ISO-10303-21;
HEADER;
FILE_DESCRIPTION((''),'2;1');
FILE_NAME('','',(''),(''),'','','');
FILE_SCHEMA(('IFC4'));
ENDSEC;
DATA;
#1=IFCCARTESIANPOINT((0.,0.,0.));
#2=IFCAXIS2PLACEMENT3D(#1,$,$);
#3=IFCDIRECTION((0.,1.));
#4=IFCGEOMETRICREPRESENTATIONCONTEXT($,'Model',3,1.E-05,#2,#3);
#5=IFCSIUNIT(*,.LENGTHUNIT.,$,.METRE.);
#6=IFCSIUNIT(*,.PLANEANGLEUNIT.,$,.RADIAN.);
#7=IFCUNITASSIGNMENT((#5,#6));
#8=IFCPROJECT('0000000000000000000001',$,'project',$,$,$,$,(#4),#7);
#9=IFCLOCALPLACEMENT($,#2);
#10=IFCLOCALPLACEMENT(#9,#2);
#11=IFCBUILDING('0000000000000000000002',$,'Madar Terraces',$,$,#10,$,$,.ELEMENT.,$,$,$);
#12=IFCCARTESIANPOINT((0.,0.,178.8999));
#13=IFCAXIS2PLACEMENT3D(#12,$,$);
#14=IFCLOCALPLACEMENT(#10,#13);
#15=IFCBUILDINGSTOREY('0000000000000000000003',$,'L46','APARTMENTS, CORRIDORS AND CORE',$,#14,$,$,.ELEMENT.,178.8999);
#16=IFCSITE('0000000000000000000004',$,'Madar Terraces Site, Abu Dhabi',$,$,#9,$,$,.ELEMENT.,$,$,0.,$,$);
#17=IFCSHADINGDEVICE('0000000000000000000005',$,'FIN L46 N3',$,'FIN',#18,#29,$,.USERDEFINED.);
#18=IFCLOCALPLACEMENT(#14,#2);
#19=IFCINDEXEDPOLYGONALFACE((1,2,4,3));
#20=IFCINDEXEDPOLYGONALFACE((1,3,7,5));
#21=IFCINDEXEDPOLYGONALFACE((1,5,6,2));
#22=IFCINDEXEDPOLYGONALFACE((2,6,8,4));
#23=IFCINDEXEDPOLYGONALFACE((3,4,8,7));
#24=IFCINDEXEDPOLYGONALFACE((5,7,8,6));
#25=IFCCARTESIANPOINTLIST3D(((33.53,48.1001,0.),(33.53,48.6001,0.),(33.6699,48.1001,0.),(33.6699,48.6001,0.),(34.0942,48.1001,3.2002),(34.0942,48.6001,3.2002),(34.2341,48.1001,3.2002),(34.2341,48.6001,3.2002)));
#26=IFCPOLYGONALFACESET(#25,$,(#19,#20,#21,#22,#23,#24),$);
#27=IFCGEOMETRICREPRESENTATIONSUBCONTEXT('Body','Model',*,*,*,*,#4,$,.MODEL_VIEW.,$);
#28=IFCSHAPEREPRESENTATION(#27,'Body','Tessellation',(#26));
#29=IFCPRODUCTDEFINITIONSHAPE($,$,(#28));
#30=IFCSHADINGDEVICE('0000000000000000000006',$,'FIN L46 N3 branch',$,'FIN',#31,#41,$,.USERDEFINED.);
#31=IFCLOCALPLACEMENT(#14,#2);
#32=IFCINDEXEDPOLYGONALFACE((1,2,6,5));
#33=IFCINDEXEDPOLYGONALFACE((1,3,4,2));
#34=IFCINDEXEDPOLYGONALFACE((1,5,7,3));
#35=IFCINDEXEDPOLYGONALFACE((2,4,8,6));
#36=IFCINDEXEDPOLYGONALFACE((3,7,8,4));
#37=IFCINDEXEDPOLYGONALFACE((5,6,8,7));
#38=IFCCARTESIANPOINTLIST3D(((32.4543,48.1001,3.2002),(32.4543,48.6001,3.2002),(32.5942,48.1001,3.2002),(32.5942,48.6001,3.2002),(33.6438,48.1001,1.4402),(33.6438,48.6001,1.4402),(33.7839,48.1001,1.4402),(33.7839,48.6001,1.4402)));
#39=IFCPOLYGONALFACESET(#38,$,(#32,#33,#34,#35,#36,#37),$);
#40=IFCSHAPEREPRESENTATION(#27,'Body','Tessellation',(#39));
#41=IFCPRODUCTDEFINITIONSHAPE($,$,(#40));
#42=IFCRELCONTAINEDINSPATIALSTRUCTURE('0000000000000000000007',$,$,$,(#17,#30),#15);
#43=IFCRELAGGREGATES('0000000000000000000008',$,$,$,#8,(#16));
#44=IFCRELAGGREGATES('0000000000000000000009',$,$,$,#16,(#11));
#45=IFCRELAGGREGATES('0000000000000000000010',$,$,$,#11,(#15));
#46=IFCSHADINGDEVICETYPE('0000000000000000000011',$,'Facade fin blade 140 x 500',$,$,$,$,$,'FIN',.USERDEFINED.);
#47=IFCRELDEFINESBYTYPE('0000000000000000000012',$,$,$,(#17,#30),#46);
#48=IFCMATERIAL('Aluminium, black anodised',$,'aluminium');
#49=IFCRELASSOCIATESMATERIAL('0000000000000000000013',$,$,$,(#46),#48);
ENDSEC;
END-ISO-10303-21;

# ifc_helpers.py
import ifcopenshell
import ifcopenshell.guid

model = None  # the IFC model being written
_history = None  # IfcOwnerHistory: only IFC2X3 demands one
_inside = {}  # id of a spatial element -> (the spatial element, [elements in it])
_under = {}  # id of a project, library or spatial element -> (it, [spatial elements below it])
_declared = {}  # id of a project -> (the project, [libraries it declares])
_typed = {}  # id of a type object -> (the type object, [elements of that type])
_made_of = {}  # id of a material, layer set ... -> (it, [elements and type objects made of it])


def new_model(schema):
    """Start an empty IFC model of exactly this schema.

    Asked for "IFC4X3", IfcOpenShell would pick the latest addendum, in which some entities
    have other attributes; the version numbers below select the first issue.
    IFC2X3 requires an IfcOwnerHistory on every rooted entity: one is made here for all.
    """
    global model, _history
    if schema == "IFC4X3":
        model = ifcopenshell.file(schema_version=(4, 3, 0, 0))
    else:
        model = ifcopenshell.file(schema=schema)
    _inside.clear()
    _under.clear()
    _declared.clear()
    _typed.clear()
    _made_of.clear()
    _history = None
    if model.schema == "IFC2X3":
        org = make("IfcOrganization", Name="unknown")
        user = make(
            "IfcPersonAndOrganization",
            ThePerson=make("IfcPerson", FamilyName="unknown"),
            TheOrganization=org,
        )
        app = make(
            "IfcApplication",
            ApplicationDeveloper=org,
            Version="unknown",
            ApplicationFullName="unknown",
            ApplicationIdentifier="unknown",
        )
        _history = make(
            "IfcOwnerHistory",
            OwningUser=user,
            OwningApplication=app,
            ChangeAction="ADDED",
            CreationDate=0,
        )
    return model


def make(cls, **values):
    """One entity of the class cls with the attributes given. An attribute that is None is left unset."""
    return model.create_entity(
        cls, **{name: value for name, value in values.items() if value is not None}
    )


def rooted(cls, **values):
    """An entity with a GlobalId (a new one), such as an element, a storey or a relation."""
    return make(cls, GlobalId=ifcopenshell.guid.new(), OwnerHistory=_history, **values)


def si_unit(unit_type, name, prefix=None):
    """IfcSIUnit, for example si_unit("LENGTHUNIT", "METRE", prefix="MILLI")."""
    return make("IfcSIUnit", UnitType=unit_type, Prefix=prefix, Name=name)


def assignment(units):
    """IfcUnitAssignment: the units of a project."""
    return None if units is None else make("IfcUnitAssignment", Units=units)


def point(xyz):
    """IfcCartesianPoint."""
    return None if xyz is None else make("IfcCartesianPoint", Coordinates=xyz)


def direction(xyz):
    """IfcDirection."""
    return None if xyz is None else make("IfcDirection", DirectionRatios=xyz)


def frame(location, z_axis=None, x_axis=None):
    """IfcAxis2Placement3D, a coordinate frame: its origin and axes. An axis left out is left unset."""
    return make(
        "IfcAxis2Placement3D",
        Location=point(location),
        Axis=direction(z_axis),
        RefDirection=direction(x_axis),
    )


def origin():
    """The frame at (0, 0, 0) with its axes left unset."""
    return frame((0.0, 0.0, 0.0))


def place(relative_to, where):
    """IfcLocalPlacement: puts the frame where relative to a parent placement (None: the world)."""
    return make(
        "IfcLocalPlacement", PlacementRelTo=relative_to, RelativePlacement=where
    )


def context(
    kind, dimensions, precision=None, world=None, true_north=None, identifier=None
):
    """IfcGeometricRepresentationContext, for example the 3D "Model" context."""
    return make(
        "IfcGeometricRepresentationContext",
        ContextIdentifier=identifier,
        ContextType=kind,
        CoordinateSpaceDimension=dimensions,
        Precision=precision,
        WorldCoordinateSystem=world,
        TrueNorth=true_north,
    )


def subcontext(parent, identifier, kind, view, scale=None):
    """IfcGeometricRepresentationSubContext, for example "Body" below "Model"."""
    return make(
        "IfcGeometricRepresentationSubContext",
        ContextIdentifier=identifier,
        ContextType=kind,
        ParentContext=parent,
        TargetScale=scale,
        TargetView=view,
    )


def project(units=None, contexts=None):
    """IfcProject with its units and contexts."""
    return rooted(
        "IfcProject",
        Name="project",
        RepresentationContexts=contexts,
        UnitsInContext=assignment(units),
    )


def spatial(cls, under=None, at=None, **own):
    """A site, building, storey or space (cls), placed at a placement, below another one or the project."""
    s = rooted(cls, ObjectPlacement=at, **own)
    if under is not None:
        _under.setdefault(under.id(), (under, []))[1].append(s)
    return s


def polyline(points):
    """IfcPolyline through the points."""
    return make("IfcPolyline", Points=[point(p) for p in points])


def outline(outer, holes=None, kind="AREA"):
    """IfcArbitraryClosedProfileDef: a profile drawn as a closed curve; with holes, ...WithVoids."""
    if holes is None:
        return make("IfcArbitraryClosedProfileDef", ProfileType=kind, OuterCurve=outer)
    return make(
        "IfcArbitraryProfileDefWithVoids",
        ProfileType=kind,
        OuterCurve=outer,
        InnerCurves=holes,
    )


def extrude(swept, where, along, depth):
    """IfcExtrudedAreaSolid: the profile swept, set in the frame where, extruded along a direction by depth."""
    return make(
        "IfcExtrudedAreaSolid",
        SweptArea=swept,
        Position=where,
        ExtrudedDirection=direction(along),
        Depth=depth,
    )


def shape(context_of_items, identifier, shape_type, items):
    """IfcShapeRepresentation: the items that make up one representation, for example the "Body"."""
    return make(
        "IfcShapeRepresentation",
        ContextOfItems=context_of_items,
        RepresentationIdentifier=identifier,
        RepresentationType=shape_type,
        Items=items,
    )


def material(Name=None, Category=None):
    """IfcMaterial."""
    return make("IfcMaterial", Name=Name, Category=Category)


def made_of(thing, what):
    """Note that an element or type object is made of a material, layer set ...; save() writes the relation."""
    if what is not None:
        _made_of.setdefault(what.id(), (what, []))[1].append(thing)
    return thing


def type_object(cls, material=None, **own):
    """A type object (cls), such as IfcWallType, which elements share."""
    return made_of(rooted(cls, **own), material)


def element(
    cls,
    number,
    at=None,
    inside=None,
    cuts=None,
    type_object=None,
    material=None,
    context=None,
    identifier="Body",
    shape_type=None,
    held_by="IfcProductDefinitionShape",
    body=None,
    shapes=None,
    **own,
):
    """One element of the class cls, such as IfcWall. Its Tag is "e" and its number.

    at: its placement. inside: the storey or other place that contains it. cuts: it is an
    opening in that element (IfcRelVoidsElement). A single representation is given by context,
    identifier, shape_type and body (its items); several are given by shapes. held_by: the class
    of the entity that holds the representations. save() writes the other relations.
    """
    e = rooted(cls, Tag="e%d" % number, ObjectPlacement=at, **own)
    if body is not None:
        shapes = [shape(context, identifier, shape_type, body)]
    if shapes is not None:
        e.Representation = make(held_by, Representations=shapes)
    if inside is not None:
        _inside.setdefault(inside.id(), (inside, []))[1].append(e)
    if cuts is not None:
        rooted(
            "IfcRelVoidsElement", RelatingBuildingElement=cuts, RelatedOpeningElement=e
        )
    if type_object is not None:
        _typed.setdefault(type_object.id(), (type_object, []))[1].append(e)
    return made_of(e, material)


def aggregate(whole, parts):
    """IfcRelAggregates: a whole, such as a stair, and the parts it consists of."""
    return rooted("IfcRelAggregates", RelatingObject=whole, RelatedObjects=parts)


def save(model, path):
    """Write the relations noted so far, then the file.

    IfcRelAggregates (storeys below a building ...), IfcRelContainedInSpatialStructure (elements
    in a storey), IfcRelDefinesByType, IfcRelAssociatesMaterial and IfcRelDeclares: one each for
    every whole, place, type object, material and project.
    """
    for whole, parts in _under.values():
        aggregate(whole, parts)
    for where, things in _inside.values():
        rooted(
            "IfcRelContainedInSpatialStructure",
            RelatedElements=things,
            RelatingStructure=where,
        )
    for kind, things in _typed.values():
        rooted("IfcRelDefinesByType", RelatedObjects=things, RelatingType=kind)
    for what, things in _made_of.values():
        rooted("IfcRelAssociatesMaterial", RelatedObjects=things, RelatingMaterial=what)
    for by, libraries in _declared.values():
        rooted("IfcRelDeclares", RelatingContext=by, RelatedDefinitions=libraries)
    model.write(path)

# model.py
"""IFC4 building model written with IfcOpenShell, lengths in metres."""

from ifc_helpers import new_model, si_unit, direction, frame, origin, place, context, subcontext, project, spatial, polyline, outline, extrude, material, type_object, element, save


model = new_model("IFC4")

# Units and contexts
model_context = context("Model", 3, precision=1e-05, world=origin(), true_north=direction((0.0, 1.0)))
body_context = subcontext(model_context, "Body", "Model", "MODEL_VIEW")
ifc_project = project(units=[si_unit("LENGTHUNIT", "METRE"), si_unit("PLANEANGLEUNIT", "RADIAN")], contexts=[model_context])

# Site, building, storey
site_placement = place(None, origin())
site = spatial("IfcSite", under=ifc_project, at=site_placement, Name="Madar Terraces Site, Abu Dhabi", CompositionType="ELEMENT", RefElevation=0.0)
building_placement = place(site_placement, origin())
building = spatial("IfcBuilding", under=site, at=building_placement, Name="Madar Terraces", CompositionType="ELEMENT")
storey_placement = place(building_placement, frame((0.0, 0.0, 178.8999)))
storey = spatial("IfcBuildingStorey", under=building, at=storey_placement, Name="L46", Description="APARTMENTS, CORRIDORS AND CORE", CompositionType="ELEMENT", Elevation=178.8999)

# Shading devices
ifc_material_1 = material(Name="Aluminium, black anodised", Category="aluminium")
shading_device_type = type_object("IfcShadingDeviceType", Name="Facade fin blade 140 x 500", ElementType="FIN", PredefinedType="USERDEFINED", material=ifc_material_1)
shading_device_1_placement = place(storey_placement, frame((33.6699, 48.3501, 0.0), z_axis=(0.0, 0.0, 1.0), x_axis=(-1.0, 0.0, 0.0)))
element("IfcShadingDevice", 1, at=shading_device_1_placement, inside=storey, type_object=shading_device_type, Name="FIN L46 N3", ObjectType="FIN", PredefinedType="USERDEFINED", context=body_context, shape_type="SweptSolid", body=[
    extrude(outline(polyline([(0.0, 0.0), (0.1399, 0.0), (-0.4243, 3.2002), (-0.5642, 3.2002), (0.0, 0.0)])), frame((0.0, 0.25, 0.0), z_axis=(0.0, -1.0, 0.0), x_axis=(1.0, 0.0, 0.0)), (0.0, 0.0, 1.0), 0.5),
])
shading_device_2_placement = place(storey_placement, frame((33.7839, 48.3501, 1.4402), z_axis=(0.0, 0.0, 1.0), x_axis=(-1.0, 0.0, 0.0)))
element("IfcShadingDevice", 2, at=shading_device_2_placement, inside=storey, type_object=shading_device_type, Name="FIN L46 N3 branch", ObjectType="FIN", PredefinedType="USERDEFINED", context=body_context, shape_type="SweptSolid", body=[
    extrude(outline(polyline([(0.0, 0.0), (0.1401, 0.0), (1.3296, 1.76), (1.1897, 1.76), (0.0, 0.0)])), frame((0.0, 0.25, 0.0), z_axis=(0.0, -1.0, 0.0), x_axis=(1.0, 0.0, 0.0)), (0.0, 0.0, 1.0), 0.5),
])

save(model, "model.ifc")
